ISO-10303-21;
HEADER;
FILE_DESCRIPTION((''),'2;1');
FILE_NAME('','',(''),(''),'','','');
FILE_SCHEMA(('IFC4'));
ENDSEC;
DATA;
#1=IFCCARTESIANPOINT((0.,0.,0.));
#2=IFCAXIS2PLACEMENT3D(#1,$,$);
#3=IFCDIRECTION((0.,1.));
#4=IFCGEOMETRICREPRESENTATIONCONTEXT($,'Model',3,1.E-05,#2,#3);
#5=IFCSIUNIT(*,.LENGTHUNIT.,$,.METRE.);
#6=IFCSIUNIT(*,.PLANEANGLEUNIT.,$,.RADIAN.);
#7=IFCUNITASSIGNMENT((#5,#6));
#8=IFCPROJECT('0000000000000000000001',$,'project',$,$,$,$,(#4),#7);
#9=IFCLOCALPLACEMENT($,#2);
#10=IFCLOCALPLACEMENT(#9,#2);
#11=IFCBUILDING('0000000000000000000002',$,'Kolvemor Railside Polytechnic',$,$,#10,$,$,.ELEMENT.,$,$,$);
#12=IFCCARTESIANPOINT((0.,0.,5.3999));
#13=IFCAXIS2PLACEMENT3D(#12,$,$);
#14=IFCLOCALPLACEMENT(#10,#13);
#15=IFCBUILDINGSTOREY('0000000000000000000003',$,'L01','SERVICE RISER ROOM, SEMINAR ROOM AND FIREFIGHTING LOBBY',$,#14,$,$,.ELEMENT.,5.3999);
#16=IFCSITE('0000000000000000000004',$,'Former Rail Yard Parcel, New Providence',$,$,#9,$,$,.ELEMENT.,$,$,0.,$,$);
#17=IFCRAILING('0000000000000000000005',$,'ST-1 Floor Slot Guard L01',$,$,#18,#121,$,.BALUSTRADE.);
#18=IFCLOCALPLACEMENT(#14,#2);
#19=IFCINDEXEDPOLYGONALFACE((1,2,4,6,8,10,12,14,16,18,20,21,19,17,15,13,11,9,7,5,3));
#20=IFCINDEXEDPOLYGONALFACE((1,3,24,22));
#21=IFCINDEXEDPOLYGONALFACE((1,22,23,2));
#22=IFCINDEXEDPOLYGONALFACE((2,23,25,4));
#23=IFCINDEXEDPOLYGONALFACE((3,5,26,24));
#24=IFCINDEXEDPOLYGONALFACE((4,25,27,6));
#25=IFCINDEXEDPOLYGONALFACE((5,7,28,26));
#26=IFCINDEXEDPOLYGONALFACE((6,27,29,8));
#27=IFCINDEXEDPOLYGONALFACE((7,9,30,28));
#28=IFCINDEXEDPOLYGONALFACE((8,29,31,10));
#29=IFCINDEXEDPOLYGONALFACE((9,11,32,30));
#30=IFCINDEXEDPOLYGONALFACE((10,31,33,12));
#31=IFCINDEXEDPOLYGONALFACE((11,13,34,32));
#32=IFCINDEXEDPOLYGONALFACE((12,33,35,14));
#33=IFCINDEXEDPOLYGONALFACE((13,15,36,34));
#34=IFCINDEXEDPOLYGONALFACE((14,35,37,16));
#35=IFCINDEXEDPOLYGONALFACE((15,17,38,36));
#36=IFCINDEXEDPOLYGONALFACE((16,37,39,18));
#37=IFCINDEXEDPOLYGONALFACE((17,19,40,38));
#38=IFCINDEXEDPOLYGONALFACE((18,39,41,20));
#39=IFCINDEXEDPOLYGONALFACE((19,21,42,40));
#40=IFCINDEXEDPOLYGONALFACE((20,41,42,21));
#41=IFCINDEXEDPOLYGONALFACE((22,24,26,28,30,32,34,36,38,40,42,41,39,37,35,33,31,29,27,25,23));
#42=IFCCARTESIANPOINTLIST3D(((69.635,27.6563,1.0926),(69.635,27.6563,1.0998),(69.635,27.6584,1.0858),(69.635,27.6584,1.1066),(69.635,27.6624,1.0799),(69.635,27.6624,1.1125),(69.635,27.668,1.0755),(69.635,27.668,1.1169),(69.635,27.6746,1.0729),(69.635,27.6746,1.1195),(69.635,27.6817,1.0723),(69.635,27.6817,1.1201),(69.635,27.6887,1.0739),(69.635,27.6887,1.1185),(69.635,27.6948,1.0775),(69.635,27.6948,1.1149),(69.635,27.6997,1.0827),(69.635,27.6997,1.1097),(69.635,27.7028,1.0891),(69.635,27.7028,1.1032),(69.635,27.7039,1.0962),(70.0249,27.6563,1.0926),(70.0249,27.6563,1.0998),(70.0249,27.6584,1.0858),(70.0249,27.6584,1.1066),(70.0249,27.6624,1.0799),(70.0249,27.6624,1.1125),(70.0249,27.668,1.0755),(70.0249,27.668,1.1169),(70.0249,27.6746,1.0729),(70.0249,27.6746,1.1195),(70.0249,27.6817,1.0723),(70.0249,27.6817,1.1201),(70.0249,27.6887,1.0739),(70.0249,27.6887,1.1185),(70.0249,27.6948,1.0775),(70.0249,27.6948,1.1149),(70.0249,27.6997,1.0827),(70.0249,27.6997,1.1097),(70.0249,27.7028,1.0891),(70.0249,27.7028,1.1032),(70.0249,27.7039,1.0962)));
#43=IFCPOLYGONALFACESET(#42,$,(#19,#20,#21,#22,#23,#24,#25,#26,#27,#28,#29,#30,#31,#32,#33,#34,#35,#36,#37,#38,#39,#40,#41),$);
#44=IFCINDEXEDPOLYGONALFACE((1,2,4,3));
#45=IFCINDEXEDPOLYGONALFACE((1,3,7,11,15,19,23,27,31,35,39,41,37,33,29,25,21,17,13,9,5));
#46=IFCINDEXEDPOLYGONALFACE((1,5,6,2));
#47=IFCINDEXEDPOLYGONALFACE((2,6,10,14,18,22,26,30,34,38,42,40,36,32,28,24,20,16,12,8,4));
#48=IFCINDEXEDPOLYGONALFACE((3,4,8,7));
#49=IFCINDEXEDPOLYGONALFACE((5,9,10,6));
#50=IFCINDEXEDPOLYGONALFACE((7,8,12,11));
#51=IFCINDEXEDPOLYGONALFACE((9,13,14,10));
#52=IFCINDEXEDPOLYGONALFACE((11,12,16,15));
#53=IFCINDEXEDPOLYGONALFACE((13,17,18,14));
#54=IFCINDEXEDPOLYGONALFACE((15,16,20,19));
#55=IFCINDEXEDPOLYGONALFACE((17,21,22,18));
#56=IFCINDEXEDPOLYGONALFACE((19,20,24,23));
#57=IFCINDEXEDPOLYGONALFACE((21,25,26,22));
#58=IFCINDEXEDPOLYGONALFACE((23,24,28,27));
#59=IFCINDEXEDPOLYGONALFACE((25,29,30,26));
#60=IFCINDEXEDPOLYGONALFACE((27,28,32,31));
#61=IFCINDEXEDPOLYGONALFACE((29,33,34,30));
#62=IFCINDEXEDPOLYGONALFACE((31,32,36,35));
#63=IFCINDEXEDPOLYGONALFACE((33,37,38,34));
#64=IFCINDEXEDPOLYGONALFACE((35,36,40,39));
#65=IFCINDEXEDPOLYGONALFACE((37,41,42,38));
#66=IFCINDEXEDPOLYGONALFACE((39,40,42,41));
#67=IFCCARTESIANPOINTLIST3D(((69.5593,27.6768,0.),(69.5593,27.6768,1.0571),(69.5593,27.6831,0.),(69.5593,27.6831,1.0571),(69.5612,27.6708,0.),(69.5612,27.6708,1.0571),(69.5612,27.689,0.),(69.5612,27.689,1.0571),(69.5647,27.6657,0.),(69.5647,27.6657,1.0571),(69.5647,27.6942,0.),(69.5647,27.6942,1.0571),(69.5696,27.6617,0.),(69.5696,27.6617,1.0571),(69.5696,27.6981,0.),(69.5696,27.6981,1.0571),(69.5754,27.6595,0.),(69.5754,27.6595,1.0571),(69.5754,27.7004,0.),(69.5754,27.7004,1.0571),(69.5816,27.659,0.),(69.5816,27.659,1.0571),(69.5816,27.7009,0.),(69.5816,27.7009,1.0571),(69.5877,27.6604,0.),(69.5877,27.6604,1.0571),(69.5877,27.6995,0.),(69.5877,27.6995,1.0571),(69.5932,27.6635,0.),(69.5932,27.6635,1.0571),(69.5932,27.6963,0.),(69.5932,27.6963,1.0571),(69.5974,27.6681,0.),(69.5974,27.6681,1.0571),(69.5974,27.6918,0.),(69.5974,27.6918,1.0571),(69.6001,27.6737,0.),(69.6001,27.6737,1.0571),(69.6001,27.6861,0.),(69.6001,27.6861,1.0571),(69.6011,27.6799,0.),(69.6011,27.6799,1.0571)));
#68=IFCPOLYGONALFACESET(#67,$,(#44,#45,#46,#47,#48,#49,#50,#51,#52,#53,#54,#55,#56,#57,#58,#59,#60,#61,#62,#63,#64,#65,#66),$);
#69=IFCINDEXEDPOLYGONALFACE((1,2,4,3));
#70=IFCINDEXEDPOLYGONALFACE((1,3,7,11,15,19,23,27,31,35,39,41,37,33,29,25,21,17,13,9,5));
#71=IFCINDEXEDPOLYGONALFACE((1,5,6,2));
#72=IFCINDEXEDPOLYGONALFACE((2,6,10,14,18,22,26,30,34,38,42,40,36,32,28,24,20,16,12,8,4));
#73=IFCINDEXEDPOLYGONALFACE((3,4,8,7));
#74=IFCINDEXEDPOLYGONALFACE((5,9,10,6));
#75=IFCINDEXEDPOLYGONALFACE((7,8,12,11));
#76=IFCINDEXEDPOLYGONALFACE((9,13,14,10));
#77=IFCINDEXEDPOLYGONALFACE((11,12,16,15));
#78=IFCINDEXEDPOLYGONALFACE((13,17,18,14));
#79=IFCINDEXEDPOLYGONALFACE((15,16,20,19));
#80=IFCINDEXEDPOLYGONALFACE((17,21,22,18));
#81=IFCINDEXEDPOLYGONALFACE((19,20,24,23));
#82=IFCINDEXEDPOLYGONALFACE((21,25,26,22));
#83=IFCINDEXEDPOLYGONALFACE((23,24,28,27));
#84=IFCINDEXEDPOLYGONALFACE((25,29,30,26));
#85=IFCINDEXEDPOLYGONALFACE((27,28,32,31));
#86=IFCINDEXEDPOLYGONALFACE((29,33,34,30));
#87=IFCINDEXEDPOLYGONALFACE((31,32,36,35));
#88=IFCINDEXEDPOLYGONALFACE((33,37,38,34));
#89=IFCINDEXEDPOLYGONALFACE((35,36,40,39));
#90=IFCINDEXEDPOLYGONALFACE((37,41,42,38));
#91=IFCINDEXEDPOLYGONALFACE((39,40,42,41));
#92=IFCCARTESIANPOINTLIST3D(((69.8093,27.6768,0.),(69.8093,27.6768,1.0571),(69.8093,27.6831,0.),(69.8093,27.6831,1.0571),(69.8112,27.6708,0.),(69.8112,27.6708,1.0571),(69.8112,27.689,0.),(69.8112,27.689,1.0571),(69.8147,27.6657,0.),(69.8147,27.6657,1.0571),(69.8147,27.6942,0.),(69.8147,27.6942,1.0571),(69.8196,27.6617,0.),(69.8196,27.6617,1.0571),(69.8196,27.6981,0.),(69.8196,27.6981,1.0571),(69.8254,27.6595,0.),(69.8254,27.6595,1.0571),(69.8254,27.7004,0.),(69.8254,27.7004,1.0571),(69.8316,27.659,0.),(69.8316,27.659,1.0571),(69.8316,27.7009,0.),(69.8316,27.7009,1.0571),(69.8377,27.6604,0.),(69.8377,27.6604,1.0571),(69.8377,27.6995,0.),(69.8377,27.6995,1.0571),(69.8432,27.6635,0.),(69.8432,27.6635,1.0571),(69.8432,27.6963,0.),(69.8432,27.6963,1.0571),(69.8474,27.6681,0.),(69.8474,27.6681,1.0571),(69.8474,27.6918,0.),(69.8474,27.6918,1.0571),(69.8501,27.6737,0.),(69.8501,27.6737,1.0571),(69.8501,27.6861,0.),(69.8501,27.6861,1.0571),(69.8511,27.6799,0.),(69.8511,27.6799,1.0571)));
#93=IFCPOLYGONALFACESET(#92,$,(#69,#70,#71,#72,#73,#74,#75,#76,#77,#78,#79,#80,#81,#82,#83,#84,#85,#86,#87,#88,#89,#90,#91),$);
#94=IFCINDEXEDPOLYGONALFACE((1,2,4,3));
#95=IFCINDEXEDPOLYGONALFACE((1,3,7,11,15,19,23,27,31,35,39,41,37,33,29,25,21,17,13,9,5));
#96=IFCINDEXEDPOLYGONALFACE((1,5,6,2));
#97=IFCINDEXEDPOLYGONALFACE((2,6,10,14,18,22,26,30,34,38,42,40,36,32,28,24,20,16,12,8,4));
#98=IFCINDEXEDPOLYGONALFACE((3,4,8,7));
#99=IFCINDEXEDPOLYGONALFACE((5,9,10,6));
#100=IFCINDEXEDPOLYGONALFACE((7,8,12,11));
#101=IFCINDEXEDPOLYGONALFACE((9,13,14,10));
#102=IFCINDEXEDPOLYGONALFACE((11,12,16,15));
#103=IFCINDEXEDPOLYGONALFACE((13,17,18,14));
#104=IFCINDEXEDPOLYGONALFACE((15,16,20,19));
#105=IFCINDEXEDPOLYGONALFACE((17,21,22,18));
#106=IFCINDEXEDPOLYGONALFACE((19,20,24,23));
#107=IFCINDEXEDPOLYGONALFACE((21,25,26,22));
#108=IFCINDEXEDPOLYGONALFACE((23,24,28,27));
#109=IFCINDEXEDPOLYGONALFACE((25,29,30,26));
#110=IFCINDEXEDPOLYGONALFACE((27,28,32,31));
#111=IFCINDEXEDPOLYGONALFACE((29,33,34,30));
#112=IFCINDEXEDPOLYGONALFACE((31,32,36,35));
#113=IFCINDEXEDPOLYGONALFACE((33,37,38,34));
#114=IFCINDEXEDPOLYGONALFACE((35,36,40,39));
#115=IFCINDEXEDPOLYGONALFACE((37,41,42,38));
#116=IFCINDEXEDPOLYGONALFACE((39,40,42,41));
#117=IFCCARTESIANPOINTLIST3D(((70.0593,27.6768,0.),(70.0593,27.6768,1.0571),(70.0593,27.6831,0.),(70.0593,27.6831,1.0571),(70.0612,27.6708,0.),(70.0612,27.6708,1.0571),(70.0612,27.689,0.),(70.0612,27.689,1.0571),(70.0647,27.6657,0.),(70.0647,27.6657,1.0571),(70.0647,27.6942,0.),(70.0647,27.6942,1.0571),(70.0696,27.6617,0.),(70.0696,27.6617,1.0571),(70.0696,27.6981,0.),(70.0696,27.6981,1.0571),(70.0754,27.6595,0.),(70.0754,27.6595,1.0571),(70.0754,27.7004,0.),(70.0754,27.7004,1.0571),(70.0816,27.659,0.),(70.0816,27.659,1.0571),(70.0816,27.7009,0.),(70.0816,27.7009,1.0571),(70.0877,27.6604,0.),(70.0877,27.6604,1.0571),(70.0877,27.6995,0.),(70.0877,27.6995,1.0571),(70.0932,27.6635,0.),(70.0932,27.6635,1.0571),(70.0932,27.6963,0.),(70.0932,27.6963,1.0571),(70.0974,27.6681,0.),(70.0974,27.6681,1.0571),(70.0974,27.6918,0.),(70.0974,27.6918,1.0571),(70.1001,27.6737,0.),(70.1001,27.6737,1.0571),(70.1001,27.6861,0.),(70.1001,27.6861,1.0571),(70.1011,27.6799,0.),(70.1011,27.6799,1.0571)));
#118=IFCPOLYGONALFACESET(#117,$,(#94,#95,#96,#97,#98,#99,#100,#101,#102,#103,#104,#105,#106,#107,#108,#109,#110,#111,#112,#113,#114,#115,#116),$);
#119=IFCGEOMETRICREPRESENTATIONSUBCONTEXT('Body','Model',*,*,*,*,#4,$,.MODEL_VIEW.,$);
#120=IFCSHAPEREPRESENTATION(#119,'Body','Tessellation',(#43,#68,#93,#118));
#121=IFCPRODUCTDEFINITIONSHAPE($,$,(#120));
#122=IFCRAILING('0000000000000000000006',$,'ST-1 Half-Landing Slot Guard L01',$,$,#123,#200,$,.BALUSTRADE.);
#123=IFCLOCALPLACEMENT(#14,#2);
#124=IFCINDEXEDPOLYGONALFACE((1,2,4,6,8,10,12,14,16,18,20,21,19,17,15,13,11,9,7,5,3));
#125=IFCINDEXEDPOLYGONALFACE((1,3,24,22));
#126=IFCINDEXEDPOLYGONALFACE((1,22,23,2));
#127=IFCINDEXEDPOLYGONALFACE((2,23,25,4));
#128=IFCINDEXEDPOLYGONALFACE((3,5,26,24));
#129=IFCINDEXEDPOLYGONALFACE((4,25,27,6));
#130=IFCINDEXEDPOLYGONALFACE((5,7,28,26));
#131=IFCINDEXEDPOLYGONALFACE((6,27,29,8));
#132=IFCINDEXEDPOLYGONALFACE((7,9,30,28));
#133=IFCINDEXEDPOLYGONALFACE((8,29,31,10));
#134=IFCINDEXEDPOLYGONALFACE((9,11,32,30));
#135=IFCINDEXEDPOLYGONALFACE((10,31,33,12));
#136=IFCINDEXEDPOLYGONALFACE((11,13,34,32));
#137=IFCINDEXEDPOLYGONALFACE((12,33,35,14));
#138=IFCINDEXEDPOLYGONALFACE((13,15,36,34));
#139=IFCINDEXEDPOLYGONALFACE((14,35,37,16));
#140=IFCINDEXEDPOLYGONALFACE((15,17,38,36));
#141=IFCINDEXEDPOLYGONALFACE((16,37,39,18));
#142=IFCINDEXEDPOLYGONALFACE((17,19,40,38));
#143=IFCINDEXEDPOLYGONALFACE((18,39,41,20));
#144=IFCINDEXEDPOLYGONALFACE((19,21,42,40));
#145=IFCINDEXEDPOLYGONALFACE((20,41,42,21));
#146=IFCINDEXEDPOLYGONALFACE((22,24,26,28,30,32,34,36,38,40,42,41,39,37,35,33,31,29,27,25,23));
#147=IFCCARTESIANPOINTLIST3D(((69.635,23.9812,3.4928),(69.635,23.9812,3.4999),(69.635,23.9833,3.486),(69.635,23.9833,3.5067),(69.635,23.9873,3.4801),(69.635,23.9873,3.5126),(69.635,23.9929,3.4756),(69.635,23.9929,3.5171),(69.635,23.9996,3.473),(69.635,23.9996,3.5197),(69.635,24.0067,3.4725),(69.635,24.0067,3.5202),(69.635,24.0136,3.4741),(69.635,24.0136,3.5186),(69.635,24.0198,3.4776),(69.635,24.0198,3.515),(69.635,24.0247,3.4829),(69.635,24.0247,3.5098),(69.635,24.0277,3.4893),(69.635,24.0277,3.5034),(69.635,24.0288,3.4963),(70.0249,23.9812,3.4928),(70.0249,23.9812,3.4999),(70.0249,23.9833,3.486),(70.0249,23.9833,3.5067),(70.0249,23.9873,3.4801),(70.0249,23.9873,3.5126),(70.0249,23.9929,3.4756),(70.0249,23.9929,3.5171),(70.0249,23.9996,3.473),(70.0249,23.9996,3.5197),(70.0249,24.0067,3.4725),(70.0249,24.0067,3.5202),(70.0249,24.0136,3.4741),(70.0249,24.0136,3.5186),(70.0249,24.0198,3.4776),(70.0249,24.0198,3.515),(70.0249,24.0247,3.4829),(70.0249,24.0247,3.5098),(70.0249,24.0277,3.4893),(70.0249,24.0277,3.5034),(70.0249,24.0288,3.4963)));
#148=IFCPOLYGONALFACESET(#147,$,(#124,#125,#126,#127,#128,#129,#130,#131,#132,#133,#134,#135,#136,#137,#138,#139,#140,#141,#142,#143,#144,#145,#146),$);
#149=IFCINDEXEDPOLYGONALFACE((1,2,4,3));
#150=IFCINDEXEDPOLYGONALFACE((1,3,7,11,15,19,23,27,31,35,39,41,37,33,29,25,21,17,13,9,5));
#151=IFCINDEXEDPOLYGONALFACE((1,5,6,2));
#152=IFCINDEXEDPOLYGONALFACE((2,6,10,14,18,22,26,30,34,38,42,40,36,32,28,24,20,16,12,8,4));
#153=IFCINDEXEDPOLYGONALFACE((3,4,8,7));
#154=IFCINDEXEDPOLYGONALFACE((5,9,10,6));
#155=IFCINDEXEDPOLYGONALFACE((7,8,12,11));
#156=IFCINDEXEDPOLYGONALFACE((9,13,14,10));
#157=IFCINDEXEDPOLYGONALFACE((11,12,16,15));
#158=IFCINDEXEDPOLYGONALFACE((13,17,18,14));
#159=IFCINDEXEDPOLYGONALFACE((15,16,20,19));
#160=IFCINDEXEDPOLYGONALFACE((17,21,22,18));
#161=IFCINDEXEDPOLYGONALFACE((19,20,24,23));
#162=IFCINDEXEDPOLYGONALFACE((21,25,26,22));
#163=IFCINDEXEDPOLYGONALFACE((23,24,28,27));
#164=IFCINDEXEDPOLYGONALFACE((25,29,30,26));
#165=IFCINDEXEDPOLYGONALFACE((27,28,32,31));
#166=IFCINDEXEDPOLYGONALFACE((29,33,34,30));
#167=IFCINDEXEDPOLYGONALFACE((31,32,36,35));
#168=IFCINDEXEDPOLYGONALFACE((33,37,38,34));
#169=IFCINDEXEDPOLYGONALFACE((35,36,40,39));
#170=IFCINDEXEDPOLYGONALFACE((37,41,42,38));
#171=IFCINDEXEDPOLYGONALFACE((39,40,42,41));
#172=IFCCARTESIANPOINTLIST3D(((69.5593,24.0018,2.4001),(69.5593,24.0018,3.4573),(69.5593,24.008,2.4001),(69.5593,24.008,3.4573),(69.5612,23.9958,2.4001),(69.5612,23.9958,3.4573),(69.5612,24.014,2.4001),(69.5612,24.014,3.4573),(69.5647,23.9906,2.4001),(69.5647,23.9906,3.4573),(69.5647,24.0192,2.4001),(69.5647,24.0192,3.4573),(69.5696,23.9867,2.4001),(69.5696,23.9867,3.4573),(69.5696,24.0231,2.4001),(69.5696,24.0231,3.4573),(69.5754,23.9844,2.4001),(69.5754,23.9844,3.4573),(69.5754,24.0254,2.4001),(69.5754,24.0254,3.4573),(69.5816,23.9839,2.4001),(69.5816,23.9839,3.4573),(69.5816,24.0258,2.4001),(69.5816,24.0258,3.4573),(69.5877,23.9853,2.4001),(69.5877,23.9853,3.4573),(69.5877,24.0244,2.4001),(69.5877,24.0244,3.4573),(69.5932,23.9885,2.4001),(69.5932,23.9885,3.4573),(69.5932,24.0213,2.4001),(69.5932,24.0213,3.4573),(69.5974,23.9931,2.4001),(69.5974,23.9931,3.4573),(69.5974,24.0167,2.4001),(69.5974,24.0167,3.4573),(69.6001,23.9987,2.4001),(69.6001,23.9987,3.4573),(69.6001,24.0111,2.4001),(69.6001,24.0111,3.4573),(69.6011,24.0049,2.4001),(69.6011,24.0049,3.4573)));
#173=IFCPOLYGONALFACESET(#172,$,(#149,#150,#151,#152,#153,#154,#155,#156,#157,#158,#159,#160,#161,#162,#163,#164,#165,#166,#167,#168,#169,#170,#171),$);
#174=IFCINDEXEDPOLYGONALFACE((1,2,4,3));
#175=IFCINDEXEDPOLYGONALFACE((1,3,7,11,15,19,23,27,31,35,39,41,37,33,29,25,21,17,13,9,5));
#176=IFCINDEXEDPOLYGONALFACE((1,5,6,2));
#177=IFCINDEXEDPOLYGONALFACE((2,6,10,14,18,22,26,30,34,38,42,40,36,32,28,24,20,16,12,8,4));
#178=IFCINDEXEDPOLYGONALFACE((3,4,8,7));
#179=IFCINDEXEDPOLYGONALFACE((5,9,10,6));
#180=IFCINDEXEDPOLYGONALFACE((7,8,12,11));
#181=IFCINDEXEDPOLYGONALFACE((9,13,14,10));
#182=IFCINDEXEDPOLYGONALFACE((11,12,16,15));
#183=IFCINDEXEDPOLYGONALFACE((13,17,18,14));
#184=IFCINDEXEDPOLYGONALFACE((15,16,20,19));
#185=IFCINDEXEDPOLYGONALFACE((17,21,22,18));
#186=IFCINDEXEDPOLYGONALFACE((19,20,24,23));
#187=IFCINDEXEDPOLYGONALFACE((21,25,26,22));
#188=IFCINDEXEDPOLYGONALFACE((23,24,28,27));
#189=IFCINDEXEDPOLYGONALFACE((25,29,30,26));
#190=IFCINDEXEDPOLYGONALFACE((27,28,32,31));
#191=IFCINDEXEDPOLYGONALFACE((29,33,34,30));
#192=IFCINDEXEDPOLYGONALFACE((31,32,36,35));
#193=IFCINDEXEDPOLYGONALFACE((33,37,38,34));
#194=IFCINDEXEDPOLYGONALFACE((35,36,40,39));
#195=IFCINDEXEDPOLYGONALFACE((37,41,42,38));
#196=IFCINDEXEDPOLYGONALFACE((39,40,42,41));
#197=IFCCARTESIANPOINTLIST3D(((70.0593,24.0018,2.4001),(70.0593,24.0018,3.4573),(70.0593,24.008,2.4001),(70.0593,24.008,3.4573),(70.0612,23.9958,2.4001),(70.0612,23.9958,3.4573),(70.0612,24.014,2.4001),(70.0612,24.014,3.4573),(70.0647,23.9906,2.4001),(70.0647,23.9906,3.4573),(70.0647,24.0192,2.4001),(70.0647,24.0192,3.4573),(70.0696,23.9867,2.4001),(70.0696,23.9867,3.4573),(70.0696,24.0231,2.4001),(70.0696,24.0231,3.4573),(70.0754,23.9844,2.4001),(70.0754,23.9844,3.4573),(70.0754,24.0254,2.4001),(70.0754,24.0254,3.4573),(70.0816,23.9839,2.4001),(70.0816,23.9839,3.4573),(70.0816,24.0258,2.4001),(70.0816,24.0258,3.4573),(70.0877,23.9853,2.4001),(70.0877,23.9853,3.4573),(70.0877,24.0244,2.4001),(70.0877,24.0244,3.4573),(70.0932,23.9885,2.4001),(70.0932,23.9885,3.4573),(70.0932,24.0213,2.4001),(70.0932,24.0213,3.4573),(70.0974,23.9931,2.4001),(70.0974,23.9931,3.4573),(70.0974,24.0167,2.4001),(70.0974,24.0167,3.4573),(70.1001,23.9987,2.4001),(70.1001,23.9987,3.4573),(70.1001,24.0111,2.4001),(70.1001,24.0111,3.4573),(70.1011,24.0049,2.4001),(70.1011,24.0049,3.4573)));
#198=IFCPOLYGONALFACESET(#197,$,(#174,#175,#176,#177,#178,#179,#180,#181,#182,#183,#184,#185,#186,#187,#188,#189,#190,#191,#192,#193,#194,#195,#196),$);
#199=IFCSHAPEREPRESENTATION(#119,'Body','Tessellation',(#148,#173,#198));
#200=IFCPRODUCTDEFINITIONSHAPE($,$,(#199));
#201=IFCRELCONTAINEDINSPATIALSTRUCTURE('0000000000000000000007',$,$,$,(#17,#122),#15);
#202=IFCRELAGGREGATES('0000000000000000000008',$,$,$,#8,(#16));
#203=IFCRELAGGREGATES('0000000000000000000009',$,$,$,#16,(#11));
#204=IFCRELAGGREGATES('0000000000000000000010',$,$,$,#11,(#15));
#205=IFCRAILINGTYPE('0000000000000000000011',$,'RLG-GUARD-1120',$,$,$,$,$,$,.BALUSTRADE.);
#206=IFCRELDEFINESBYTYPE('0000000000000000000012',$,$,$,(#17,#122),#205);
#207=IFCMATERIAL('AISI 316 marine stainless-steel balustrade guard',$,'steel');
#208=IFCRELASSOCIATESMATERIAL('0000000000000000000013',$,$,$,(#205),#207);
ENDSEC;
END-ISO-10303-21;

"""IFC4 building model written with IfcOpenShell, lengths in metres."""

from ifc_helpers import new_model, si_unit, direction, frame, origin, origin_2d, place, context, subcontext, project, spatial, circle, extrude, material, type_object, element, save


model = new_model("IFC4")

# Units and contexts
model_context = context("Model", 3, precision=1e-05, world=origin(), true_north=direction((0.0, 1.0)))
body_context = subcontext(model_context, "Body", "Model", "MODEL_VIEW")
ifc_project = project(units=[si_unit("LENGTHUNIT", "METRE"), si_unit("PLANEANGLEUNIT", "RADIAN")], contexts=[model_context])

# Site, building, storey
site_placement = place(None, origin())
site = spatial("IfcSite", under=ifc_project, at=site_placement, Name="Former Rail Yard Parcel, New Providence", CompositionType="ELEMENT", RefElevation=0.0)
building_placement = place(site_placement, origin())
building = spatial("IfcBuilding", under=site, at=building_placement, Name="Kolvemor Railside Polytechnic", CompositionType="ELEMENT")
storey_placement = place(building_placement, frame((0.0, 0.0, 5.3999)))
storey = spatial("IfcBuildingStorey", under=building, at=storey_placement, Name="L01", Description="SERVICE RISER ROOM, SEMINAR ROOM AND FIREFIGHTING LOBBY", CompositionType="ELEMENT", Elevation=5.3999)

# Railings
ifc_material_1 = material(Name="AISI 316 marine stainless-steel balustrade guard", Category="steel")
railing_type_1 = type_object("IfcRailingType", Name="RLG-GUARD-1120", PredefinedType="BALUSTRADE", material=ifc_material_1)
railing_1_placement = place(storey_placement, frame((69.5801, 27.6799, 0.0)))
element("IfcRailing", 1, at=railing_1_placement, inside=storey, type_object=railing_type_1, Name="ST-1 Floor Slot Guard L01", PredefinedType="BALUSTRADE", context=body_context, shape_type="SweptSolid", body=[
    extrude(circle(Radius=0.0239, at=origin_2d()), frame((0.0549, 0.0, 1.0962), z_axis=(1.0, 0.0, 0.0), x_axis=(0.0, 1.0, 0.0)), (0.0, 0.0, 1.0), 0.3899),
    extrude(circle(Radius=0.021, at=origin_2d()), origin(), (0.0, 0.0, 1.0), 1.0571),
    extrude(circle(Radius=0.021, at=origin_2d()), frame((0.25, 0.0, 0.0)), (0.0, 0.0, 1.0), 1.0571),
    extrude(circle(Radius=0.021, at=origin_2d()), frame((0.5, 0.0, 0.0)), (0.0, 0.0, 1.0), 1.0571),
])
railing_2_placement = place(storey_placement, frame((69.5801, 24.0049, 2.4001)))
element("IfcRailing", 2, at=railing_2_placement, inside=storey, type_object=railing_type_1, Name="ST-1 Half-Landing Slot Guard L01", PredefinedType="BALUSTRADE", context=body_context, shape_type="SweptSolid", body=[
    extrude(circle(Radius=0.0239, at=origin_2d()), frame((0.0549, 0.0, 1.0962), z_axis=(1.0, 0.0, 0.0), x_axis=(0.0, 1.0, 0.0)), (0.0, 0.0, 1.0), 0.3899),
    extrude(circle(Radius=0.021, at=origin_2d()), origin(), (0.0, 0.0, 1.0), 1.0571),
    extrude(circle(Radius=0.021, at=origin_2d()), frame((0.5, 0.0, 0.0)), (0.0, 0.0, 1.0), 1.0571),
])

save(model, "model.ifc")
